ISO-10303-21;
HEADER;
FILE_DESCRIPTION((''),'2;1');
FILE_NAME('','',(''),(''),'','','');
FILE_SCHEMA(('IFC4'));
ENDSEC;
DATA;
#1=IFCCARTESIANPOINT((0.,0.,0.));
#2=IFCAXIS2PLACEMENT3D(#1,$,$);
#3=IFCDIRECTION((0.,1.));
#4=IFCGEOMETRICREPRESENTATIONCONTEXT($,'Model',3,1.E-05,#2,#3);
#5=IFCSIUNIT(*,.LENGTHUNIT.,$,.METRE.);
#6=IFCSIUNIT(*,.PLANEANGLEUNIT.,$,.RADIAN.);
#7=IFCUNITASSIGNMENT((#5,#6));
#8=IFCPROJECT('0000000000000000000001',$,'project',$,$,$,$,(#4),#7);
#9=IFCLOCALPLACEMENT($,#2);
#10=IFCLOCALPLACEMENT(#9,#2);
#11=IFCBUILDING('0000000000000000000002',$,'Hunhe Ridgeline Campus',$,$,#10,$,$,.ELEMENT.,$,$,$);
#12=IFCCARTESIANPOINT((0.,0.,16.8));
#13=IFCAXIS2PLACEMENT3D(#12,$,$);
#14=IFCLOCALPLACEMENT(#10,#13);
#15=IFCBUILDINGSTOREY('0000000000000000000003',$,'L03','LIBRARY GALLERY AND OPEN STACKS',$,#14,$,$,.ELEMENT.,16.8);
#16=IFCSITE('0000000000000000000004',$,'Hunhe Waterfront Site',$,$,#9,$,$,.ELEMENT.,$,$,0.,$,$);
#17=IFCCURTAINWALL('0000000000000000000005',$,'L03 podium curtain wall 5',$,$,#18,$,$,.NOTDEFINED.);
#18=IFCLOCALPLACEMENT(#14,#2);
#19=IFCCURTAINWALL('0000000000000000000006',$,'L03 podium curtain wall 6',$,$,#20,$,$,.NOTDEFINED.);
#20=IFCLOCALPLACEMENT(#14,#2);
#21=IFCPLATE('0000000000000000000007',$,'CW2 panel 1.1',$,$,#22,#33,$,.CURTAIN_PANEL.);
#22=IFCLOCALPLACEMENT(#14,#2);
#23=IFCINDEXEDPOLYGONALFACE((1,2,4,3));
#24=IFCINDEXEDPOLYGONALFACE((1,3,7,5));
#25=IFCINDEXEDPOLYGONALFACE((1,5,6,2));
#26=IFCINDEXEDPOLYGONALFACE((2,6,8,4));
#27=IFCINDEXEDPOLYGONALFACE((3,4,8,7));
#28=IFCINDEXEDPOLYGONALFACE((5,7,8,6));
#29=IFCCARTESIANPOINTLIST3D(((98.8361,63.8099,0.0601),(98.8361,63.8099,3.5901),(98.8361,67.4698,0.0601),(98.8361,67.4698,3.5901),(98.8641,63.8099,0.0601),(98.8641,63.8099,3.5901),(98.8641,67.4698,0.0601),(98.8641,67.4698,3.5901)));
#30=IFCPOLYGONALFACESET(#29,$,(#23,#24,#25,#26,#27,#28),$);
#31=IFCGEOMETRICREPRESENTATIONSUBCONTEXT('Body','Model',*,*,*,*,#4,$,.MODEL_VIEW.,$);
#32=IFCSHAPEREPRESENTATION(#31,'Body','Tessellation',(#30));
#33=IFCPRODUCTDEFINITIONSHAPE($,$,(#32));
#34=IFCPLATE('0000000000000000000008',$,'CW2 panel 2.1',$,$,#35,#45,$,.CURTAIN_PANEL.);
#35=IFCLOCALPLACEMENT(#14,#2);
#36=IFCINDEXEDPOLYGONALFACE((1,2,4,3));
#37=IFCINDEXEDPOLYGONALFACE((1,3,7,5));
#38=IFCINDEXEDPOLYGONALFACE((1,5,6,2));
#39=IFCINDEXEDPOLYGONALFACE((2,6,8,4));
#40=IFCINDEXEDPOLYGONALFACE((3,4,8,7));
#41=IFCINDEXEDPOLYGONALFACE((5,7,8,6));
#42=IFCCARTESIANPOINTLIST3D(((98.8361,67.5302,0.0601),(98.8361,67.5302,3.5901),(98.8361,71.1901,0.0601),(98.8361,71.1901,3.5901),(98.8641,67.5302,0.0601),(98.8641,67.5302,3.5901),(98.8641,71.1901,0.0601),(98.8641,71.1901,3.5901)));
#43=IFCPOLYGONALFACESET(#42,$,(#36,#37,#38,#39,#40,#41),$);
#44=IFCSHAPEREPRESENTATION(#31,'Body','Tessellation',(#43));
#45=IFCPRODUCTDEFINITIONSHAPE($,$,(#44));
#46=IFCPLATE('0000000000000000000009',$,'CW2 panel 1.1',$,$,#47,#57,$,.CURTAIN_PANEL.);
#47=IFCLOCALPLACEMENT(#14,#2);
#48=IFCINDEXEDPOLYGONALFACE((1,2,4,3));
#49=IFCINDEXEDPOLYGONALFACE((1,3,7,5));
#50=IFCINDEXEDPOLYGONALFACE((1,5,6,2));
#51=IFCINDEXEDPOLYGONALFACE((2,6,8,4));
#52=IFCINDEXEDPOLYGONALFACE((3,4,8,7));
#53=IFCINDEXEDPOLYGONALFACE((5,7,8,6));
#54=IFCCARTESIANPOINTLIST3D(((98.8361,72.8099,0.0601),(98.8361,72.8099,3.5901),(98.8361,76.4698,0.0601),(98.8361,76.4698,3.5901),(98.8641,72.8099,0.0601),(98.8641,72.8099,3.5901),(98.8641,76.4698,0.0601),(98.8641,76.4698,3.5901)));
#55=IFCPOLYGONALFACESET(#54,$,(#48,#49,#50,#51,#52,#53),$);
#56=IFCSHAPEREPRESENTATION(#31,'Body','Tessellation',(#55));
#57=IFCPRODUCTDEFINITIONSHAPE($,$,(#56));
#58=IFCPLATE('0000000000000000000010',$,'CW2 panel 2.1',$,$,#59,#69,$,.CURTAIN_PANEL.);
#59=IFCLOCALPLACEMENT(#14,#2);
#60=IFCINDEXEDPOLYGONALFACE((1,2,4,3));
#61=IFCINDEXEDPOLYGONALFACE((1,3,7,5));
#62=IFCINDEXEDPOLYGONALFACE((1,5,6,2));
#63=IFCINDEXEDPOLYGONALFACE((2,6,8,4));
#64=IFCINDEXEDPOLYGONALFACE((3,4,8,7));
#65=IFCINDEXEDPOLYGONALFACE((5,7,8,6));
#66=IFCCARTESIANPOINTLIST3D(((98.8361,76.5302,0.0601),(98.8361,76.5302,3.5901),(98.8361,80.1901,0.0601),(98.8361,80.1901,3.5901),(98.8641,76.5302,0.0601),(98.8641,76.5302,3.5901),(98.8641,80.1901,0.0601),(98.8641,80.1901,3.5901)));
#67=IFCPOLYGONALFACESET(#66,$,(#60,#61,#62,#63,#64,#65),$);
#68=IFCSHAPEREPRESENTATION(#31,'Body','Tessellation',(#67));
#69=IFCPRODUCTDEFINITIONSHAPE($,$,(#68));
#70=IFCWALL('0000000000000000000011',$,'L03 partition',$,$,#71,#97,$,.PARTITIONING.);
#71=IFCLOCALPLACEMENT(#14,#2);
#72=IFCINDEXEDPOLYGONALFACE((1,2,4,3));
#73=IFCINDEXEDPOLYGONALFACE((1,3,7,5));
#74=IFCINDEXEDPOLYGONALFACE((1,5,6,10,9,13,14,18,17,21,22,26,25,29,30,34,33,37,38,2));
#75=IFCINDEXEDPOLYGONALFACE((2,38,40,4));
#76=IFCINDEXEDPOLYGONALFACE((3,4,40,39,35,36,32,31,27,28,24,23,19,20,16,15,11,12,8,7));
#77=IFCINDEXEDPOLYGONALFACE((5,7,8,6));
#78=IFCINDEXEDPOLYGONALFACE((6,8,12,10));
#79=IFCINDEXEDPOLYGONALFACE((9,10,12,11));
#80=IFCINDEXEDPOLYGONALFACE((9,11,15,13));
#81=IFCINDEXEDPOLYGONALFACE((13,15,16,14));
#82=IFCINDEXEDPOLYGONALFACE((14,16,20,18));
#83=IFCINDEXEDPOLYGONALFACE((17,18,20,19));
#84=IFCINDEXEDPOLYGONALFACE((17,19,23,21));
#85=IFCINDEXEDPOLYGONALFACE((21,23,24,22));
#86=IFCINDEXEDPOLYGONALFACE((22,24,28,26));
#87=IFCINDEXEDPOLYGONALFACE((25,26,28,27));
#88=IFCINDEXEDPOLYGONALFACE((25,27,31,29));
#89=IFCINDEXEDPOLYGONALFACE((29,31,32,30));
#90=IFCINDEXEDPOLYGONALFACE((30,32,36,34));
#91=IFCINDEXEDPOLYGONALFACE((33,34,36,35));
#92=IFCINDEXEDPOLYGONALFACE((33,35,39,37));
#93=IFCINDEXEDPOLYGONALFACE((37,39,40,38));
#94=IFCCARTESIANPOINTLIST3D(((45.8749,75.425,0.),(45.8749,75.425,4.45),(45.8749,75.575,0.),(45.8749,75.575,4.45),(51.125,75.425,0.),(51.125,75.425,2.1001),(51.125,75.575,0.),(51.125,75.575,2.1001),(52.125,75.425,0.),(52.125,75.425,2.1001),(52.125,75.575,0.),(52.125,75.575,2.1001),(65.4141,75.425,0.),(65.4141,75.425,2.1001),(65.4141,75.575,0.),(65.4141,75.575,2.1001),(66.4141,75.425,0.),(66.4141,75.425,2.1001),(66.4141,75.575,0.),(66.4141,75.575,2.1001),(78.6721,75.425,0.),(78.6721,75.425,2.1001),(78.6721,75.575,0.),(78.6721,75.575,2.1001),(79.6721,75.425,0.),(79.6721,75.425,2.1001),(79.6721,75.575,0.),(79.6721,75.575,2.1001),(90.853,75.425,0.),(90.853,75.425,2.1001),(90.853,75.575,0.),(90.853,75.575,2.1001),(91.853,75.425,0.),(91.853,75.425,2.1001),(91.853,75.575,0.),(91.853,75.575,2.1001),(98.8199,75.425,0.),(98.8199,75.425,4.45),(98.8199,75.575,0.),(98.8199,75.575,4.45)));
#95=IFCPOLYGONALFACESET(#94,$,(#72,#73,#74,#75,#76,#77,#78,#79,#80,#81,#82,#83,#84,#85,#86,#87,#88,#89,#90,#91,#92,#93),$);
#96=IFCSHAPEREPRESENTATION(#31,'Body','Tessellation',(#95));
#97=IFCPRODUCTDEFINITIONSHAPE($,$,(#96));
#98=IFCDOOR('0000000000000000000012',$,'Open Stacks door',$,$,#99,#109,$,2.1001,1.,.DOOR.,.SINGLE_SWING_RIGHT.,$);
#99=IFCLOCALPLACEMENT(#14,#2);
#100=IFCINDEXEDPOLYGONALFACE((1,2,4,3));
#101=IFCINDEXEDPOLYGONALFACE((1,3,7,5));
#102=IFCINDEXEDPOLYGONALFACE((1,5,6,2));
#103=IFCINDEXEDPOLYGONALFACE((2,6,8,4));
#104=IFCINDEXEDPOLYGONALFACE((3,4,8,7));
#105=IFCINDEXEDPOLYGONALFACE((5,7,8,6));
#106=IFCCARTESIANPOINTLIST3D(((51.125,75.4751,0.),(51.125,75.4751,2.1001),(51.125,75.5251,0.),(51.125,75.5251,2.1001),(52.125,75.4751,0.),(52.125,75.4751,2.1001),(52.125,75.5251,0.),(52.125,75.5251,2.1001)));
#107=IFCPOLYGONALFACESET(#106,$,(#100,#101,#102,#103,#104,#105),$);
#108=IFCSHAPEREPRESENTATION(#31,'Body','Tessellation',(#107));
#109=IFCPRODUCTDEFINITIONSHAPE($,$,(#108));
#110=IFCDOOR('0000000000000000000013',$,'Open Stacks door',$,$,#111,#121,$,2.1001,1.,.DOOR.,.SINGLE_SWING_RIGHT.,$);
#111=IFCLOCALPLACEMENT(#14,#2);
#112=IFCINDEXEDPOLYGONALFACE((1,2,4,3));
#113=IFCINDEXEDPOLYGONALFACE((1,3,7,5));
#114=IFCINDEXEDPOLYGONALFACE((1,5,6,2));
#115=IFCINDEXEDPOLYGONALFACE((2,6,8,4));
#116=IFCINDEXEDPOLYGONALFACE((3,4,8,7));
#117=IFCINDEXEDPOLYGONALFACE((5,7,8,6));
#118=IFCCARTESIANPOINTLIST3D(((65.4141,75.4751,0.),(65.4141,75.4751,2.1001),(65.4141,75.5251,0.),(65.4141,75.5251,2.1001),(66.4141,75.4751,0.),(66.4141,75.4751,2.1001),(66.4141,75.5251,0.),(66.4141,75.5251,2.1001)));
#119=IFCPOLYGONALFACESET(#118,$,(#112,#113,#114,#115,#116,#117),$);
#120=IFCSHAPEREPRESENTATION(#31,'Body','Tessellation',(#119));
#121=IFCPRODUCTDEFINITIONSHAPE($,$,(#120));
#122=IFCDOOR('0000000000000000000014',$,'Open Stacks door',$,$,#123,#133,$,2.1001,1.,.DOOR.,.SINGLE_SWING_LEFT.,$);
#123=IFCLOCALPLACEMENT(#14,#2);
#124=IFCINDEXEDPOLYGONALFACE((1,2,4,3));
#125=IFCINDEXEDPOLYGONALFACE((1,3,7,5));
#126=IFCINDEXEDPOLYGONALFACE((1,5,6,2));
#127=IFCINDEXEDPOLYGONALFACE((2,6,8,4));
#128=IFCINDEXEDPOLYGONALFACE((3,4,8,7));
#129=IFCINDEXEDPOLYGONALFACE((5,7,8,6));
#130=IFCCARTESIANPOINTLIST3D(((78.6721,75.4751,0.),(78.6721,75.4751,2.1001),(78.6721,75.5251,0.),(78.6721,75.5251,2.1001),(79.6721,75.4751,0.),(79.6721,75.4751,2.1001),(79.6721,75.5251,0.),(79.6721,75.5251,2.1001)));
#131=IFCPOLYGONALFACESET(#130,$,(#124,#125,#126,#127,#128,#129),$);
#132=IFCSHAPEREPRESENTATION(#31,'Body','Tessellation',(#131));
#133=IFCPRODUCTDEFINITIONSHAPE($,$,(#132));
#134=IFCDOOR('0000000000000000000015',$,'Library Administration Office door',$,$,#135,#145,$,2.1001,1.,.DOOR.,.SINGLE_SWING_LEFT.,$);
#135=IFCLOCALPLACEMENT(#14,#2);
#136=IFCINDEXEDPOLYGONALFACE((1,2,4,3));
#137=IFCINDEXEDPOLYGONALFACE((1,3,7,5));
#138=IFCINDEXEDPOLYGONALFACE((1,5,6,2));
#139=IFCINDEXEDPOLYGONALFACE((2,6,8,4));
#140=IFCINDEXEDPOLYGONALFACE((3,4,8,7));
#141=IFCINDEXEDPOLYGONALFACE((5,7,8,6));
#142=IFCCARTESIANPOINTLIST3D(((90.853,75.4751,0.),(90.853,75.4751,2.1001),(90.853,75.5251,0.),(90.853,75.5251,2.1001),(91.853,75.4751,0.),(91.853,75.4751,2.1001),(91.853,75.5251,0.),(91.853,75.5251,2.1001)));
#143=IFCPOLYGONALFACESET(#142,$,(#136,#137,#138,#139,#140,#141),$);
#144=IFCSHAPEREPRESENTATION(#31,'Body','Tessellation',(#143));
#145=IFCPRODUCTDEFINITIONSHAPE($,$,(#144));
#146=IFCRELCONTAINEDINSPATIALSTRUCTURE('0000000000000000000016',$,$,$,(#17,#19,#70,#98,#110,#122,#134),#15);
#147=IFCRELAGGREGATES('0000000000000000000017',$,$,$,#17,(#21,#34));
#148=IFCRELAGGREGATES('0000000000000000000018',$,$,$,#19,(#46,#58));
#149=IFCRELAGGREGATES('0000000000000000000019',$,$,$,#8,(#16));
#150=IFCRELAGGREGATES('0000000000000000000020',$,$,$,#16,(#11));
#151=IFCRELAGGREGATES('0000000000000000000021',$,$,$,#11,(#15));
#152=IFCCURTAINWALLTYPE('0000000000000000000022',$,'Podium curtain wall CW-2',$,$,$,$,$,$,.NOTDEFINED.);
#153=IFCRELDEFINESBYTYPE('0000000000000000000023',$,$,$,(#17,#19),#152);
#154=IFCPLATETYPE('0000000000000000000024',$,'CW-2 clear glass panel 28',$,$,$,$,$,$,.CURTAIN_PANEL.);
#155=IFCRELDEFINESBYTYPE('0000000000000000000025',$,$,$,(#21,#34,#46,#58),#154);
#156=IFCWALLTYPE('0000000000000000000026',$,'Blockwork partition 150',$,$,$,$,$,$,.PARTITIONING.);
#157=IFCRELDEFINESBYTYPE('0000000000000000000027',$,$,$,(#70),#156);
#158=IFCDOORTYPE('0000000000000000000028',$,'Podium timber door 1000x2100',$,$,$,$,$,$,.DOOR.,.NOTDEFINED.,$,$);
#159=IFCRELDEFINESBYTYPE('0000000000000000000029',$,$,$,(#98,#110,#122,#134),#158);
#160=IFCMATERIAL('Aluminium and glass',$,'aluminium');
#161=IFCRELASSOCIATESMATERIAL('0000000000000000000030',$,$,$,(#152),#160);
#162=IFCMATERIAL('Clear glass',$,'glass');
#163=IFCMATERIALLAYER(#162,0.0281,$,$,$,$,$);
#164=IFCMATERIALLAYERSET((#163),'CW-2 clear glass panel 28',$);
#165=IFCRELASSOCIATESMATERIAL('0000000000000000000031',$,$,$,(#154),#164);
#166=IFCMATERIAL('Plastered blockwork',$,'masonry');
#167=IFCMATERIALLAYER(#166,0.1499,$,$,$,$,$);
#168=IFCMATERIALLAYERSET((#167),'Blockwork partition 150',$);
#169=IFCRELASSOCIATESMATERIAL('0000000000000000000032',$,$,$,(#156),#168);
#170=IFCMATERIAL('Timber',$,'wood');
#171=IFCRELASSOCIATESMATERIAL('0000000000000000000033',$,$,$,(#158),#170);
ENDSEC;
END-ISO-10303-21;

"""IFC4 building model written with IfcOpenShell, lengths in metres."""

from ifc_helpers import new_model, si_unit, direction, frame, frame_2d, origin, origin_2d, place, context, subcontext, project, spatial, rectangle, extrude, material, layer, layer_set, type_object, element, fill, aggregate, save


model = new_model("IFC4")

# Units and contexts
model_context = context("Model", 3, precision=1e-05, world=origin(), true_north=direction((0.0, 1.0)))
body_context = subcontext(model_context, "Body", "Model", "MODEL_VIEW")
ifc_project = project(units=[si_unit("LENGTHUNIT", "METRE"), si_unit("PLANEANGLEUNIT", "RADIAN")], contexts=[model_context])

# Site, building, storey
site_placement = place(None, origin())
site = spatial("IfcSite", under=ifc_project, at=site_placement, Name="Hunhe Waterfront Site", CompositionType="ELEMENT", RefElevation=0.0)
building_placement = place(site_placement, origin())
building = spatial("IfcBuilding", under=site, at=building_placement, Name="Hunhe Ridgeline Campus", CompositionType="ELEMENT")
storey_placement = place(building_placement, frame((0.0, 0.0, 16.8)))
storey = spatial("IfcBuildingStorey", under=building, at=storey_placement, Name="L03", Description="LIBRARY GALLERY AND OPEN STACKS", CompositionType="ELEMENT", Elevation=16.8)

# Curtain walls
ifc_material_1 = material(Name="Aluminium and glass", Category="aluminium")
curtain_wall_type = type_object("IfcCurtainWallType", Name="Podium curtain wall CW-2", PredefinedType="NOTDEFINED", material=ifc_material_1)
curtain_wall_1_placement = place(storey_placement, origin())
curtain_wall_1 = element("IfcCurtainWall", 1, at=curtain_wall_1_placement, inside=storey, type_object=curtain_wall_type, Name="L03 podium curtain wall 5", PredefinedType="NOTDEFINED")
curtain_wall_2_placement = place(storey_placement, origin())
curtain_wall_2 = element("IfcCurtainWall", 2, at=curtain_wall_2_placement, inside=storey, type_object=curtain_wall_type, Name="L03 podium curtain wall 6", PredefinedType="NOTDEFINED")

# Plates
ifc_material_2 = material(Name="Clear glass", Category="glass")
ifc_layer_1 = layer(ifc_material_2, 0.0281)
ifc_layer_set_1 = layer_set([ifc_layer_1], Name="CW-2 clear glass panel 28")
plate_type = type_object("IfcPlateType", Name="CW-2 clear glass panel 28", PredefinedType="CURTAIN_PANEL", material=ifc_layer_set_1)
plate_1_placement = place(storey_placement, frame((98.8501, 65.6399, 0.0601), z_axis=(0.0, 0.0, 1.0), x_axis=(0.0, 1.0, 0.0)))
plate_1 = element("IfcPlate", 3, at=plate_1_placement, type_object=plate_type, Name="CW2 panel 1.1", PredefinedType="CURTAIN_PANEL", context=body_context, shape_type="SweptSolid", body=[
    extrude(rectangle(XDim=3.6599, YDim=0.0281, at=origin_2d()), origin(), (0.0, 0.0, 1.0), 3.53),
])
plate_2_placement = place(storey_placement, frame((98.8501, 69.3601, 0.0601), z_axis=(0.0, 0.0, 1.0), x_axis=(0.0, 1.0, 0.0)))
plate_2 = element("IfcPlate", 4, at=plate_2_placement, type_object=plate_type, Name="CW2 panel 2.1", PredefinedType="CURTAIN_PANEL", context=body_context, shape_type="SweptSolid", body=[
    extrude(rectangle(XDim=3.6599, YDim=0.0281, at=origin_2d()), origin(), (0.0, 0.0, 1.0), 3.53),
])
aggregate(curtain_wall_1, [plate_1, plate_2])
plate_3_placement = place(storey_placement, frame((98.8501, 74.6399, 0.0601), z_axis=(0.0, 0.0, 1.0), x_axis=(0.0, 1.0, 0.0)))
plate_3 = element("IfcPlate", 5, at=plate_3_placement, type_object=plate_type, Name="CW2 panel 1.1", PredefinedType="CURTAIN_PANEL", context=body_context, shape_type="SweptSolid", body=[
    extrude(rectangle(XDim=3.6599, YDim=0.0281, at=origin_2d()), origin(), (0.0, 0.0, 1.0), 3.53),
])
plate_4_placement = place(storey_placement, frame((98.8501, 78.3601, 0.0601), z_axis=(0.0, 0.0, 1.0), x_axis=(0.0, 1.0, 0.0)))
plate_4 = element("IfcPlate", 6, at=plate_4_placement, type_object=plate_type, Name="CW2 panel 2.1", PredefinedType="CURTAIN_PANEL", context=body_context, shape_type="SweptSolid", body=[
    extrude(rectangle(XDim=3.6599, YDim=0.0281, at=origin_2d()), origin(), (0.0, 0.0, 1.0), 3.53),
])
aggregate(curtain_wall_2, [plate_3, plate_4])

# Wall, openings, doors
ifc_material_3 = material(Name="Plastered blockwork", Category="masonry")
ifc_layer_2 = layer(ifc_material_3, 0.1499)
ifc_layer_set_2 = layer_set([ifc_layer_2], Name="Blockwork partition 150")
wall_type = type_object("IfcWallType", Name="Blockwork partition 150", PredefinedType="PARTITIONING", material=ifc_layer_set_2)
wall_placement = place(storey_placement, frame((98.8201, 75.5, 0.0), z_axis=(0.0, 0.0, 1.0), x_axis=(-1.0, 0.0, 0.0)))
wall = element("IfcWall", 7, at=wall_placement, inside=storey, type_object=wall_type, Name="L03 partition", PredefinedType="PARTITIONING", context=body_context, shape_type="SweptSolid", body=[
    extrude(rectangle(XDim=52.9451, YDim=0.1499, at=frame_2d((26.4727, 0.0))), origin(), (0.0, 0.0, 1.0), 4.45),
])
opening_1_placement = place(wall_placement, frame((46.6951, 0.0, 0.0)))
opening_1 = element("IfcOpeningElement", 8, at=opening_1_placement, cuts=wall, PredefinedType="OPENING", context=body_context, shape_type="SweptSolid", body=[
    extrude(rectangle(XDim=1.0, YDim=2.1001, at=frame_2d((0.5, 1.05))), frame((0.0, 0.075, 0.0), z_axis=(0.0, -1.0, 0.0), x_axis=(1.0, 0.0, 0.0)), (0.0, 0.0, 1.0), 0.1499),
])
opening_2_placement = place(wall_placement, frame((32.406, 0.0, 0.0)))
opening_2 = element("IfcOpeningElement", 9, at=opening_2_placement, cuts=wall, PredefinedType="OPENING", context=body_context, shape_type="SweptSolid", body=[
    extrude(rectangle(XDim=1.0, YDim=2.1001, at=frame_2d((0.5, 1.05))), frame((0.0, 0.075, 0.0), z_axis=(0.0, -1.0, 0.0), x_axis=(1.0, 0.0, 0.0)), (0.0, 0.0, 1.0), 0.1499),
])
opening_3_placement = place(wall_placement, frame((19.1479, 0.0, 0.0)))
opening_3 = element("IfcOpeningElement", 10, at=opening_3_placement, cuts=wall, PredefinedType="OPENING", context=body_context, shape_type="SweptSolid", body=[
    extrude(rectangle(XDim=1.0, YDim=2.1001, at=frame_2d((0.5, 1.05))), frame((0.0, 0.075, 0.0), z_axis=(0.0, -1.0, 0.0), x_axis=(1.0, 0.0, 0.0)), (0.0, 0.0, 1.0), 0.1499),
])
opening_4_placement = place(wall_placement, frame((6.967, 0.0, 0.0)))
opening_4 = element("IfcOpeningElement", 11, at=opening_4_placement, cuts=wall, PredefinedType="OPENING", context=body_context, shape_type="SweptSolid", body=[
    extrude(rectangle(XDim=1.0, YDim=2.1001, at=frame_2d((0.5, 1.05))), frame((0.0, 0.075, 0.0), z_axis=(0.0, -1.0, 0.0), x_axis=(1.0, 0.0, 0.0)), (0.0, 0.0, 1.0), 0.1499),
])
ifc_material_4 = material(Name="Timber", Category="wood")
door_type = type_object("IfcDoorType", Name="Podium timber door 1000x2100", OperationType="NOTDEFINED", PredefinedType="DOOR", material=ifc_material_4)
door_1_placement = place(opening_1_placement, origin())
door_1 = element("IfcDoor", 12, at=door_1_placement, inside=storey, type_object=door_type, Name="Open Stacks door", OperationType="SINGLE_SWING_RIGHT", OverallHeight=2.1001, OverallWidth=1.0, PredefinedType="DOOR", context=body_context, shape_type="SweptSolid", body=[
    extrude(rectangle(XDim=1.0, YDim=2.1001, at=frame_2d((0.5, 1.05))), frame((0.0, 0.0249, 0.0), z_axis=(0.0, -1.0, 0.0), x_axis=(1.0, 0.0, 0.0)), (0.0, 0.0, 1.0), 0.05),
])
fill(opening_1, door_1)
door_2_placement = place(opening_2_placement, origin())
door_2 = element("IfcDoor", 13, at=door_2_placement, inside=storey, type_object=door_type, Name="Open Stacks door", OperationType="SINGLE_SWING_RIGHT", OverallHeight=2.1001, OverallWidth=1.0, PredefinedType="DOOR", context=body_context, shape_type="SweptSolid", body=[
    extrude(rectangle(XDim=1.0, YDim=2.1001, at=frame_2d((0.5, 1.05))), frame((0.0, 0.0249, 0.0), z_axis=(0.0, -1.0, 0.0), x_axis=(1.0, 0.0, 0.0)), (0.0, 0.0, 1.0), 0.05),
])
fill(opening_2, door_2)
door_3_placement = place(opening_3_placement, origin())
door_3 = element("IfcDoor", 14, at=door_3_placement, inside=storey, type_object=door_type, Name="Open Stacks door", OperationType="SINGLE_SWING_LEFT", OverallHeight=2.1001, OverallWidth=1.0, PredefinedType="DOOR", context=body_context, shape_type="SweptSolid", body=[
    extrude(rectangle(XDim=1.0, YDim=2.1001, at=frame_2d((0.5, 1.05))), frame((0.0, 0.0249, 0.0), z_axis=(0.0, -1.0, 0.0), x_axis=(1.0, 0.0, 0.0)), (0.0, 0.0, 1.0), 0.05),
])
fill(opening_3, door_3)
door_4_placement = place(opening_4_placement, origin())
door_4 = element("IfcDoor", 15, at=door_4_placement, inside=storey, type_object=door_type, Name="Library Administration Office door", OperationType="SINGLE_SWING_LEFT", OverallHeight=2.1001, OverallWidth=1.0, PredefinedType="DOOR", context=body_context, shape_type="SweptSolid", body=[
    extrude(rectangle(XDim=1.0, YDim=2.1001, at=frame_2d((0.5, 1.05))), frame((0.0, 0.0249, 0.0), z_axis=(0.0, -1.0, 0.0), x_axis=(1.0, 0.0, 0.0)), (0.0, 0.0, 1.0), 0.05),
])
fill(opening_4, door_4)

save(model, "model.ifc")
